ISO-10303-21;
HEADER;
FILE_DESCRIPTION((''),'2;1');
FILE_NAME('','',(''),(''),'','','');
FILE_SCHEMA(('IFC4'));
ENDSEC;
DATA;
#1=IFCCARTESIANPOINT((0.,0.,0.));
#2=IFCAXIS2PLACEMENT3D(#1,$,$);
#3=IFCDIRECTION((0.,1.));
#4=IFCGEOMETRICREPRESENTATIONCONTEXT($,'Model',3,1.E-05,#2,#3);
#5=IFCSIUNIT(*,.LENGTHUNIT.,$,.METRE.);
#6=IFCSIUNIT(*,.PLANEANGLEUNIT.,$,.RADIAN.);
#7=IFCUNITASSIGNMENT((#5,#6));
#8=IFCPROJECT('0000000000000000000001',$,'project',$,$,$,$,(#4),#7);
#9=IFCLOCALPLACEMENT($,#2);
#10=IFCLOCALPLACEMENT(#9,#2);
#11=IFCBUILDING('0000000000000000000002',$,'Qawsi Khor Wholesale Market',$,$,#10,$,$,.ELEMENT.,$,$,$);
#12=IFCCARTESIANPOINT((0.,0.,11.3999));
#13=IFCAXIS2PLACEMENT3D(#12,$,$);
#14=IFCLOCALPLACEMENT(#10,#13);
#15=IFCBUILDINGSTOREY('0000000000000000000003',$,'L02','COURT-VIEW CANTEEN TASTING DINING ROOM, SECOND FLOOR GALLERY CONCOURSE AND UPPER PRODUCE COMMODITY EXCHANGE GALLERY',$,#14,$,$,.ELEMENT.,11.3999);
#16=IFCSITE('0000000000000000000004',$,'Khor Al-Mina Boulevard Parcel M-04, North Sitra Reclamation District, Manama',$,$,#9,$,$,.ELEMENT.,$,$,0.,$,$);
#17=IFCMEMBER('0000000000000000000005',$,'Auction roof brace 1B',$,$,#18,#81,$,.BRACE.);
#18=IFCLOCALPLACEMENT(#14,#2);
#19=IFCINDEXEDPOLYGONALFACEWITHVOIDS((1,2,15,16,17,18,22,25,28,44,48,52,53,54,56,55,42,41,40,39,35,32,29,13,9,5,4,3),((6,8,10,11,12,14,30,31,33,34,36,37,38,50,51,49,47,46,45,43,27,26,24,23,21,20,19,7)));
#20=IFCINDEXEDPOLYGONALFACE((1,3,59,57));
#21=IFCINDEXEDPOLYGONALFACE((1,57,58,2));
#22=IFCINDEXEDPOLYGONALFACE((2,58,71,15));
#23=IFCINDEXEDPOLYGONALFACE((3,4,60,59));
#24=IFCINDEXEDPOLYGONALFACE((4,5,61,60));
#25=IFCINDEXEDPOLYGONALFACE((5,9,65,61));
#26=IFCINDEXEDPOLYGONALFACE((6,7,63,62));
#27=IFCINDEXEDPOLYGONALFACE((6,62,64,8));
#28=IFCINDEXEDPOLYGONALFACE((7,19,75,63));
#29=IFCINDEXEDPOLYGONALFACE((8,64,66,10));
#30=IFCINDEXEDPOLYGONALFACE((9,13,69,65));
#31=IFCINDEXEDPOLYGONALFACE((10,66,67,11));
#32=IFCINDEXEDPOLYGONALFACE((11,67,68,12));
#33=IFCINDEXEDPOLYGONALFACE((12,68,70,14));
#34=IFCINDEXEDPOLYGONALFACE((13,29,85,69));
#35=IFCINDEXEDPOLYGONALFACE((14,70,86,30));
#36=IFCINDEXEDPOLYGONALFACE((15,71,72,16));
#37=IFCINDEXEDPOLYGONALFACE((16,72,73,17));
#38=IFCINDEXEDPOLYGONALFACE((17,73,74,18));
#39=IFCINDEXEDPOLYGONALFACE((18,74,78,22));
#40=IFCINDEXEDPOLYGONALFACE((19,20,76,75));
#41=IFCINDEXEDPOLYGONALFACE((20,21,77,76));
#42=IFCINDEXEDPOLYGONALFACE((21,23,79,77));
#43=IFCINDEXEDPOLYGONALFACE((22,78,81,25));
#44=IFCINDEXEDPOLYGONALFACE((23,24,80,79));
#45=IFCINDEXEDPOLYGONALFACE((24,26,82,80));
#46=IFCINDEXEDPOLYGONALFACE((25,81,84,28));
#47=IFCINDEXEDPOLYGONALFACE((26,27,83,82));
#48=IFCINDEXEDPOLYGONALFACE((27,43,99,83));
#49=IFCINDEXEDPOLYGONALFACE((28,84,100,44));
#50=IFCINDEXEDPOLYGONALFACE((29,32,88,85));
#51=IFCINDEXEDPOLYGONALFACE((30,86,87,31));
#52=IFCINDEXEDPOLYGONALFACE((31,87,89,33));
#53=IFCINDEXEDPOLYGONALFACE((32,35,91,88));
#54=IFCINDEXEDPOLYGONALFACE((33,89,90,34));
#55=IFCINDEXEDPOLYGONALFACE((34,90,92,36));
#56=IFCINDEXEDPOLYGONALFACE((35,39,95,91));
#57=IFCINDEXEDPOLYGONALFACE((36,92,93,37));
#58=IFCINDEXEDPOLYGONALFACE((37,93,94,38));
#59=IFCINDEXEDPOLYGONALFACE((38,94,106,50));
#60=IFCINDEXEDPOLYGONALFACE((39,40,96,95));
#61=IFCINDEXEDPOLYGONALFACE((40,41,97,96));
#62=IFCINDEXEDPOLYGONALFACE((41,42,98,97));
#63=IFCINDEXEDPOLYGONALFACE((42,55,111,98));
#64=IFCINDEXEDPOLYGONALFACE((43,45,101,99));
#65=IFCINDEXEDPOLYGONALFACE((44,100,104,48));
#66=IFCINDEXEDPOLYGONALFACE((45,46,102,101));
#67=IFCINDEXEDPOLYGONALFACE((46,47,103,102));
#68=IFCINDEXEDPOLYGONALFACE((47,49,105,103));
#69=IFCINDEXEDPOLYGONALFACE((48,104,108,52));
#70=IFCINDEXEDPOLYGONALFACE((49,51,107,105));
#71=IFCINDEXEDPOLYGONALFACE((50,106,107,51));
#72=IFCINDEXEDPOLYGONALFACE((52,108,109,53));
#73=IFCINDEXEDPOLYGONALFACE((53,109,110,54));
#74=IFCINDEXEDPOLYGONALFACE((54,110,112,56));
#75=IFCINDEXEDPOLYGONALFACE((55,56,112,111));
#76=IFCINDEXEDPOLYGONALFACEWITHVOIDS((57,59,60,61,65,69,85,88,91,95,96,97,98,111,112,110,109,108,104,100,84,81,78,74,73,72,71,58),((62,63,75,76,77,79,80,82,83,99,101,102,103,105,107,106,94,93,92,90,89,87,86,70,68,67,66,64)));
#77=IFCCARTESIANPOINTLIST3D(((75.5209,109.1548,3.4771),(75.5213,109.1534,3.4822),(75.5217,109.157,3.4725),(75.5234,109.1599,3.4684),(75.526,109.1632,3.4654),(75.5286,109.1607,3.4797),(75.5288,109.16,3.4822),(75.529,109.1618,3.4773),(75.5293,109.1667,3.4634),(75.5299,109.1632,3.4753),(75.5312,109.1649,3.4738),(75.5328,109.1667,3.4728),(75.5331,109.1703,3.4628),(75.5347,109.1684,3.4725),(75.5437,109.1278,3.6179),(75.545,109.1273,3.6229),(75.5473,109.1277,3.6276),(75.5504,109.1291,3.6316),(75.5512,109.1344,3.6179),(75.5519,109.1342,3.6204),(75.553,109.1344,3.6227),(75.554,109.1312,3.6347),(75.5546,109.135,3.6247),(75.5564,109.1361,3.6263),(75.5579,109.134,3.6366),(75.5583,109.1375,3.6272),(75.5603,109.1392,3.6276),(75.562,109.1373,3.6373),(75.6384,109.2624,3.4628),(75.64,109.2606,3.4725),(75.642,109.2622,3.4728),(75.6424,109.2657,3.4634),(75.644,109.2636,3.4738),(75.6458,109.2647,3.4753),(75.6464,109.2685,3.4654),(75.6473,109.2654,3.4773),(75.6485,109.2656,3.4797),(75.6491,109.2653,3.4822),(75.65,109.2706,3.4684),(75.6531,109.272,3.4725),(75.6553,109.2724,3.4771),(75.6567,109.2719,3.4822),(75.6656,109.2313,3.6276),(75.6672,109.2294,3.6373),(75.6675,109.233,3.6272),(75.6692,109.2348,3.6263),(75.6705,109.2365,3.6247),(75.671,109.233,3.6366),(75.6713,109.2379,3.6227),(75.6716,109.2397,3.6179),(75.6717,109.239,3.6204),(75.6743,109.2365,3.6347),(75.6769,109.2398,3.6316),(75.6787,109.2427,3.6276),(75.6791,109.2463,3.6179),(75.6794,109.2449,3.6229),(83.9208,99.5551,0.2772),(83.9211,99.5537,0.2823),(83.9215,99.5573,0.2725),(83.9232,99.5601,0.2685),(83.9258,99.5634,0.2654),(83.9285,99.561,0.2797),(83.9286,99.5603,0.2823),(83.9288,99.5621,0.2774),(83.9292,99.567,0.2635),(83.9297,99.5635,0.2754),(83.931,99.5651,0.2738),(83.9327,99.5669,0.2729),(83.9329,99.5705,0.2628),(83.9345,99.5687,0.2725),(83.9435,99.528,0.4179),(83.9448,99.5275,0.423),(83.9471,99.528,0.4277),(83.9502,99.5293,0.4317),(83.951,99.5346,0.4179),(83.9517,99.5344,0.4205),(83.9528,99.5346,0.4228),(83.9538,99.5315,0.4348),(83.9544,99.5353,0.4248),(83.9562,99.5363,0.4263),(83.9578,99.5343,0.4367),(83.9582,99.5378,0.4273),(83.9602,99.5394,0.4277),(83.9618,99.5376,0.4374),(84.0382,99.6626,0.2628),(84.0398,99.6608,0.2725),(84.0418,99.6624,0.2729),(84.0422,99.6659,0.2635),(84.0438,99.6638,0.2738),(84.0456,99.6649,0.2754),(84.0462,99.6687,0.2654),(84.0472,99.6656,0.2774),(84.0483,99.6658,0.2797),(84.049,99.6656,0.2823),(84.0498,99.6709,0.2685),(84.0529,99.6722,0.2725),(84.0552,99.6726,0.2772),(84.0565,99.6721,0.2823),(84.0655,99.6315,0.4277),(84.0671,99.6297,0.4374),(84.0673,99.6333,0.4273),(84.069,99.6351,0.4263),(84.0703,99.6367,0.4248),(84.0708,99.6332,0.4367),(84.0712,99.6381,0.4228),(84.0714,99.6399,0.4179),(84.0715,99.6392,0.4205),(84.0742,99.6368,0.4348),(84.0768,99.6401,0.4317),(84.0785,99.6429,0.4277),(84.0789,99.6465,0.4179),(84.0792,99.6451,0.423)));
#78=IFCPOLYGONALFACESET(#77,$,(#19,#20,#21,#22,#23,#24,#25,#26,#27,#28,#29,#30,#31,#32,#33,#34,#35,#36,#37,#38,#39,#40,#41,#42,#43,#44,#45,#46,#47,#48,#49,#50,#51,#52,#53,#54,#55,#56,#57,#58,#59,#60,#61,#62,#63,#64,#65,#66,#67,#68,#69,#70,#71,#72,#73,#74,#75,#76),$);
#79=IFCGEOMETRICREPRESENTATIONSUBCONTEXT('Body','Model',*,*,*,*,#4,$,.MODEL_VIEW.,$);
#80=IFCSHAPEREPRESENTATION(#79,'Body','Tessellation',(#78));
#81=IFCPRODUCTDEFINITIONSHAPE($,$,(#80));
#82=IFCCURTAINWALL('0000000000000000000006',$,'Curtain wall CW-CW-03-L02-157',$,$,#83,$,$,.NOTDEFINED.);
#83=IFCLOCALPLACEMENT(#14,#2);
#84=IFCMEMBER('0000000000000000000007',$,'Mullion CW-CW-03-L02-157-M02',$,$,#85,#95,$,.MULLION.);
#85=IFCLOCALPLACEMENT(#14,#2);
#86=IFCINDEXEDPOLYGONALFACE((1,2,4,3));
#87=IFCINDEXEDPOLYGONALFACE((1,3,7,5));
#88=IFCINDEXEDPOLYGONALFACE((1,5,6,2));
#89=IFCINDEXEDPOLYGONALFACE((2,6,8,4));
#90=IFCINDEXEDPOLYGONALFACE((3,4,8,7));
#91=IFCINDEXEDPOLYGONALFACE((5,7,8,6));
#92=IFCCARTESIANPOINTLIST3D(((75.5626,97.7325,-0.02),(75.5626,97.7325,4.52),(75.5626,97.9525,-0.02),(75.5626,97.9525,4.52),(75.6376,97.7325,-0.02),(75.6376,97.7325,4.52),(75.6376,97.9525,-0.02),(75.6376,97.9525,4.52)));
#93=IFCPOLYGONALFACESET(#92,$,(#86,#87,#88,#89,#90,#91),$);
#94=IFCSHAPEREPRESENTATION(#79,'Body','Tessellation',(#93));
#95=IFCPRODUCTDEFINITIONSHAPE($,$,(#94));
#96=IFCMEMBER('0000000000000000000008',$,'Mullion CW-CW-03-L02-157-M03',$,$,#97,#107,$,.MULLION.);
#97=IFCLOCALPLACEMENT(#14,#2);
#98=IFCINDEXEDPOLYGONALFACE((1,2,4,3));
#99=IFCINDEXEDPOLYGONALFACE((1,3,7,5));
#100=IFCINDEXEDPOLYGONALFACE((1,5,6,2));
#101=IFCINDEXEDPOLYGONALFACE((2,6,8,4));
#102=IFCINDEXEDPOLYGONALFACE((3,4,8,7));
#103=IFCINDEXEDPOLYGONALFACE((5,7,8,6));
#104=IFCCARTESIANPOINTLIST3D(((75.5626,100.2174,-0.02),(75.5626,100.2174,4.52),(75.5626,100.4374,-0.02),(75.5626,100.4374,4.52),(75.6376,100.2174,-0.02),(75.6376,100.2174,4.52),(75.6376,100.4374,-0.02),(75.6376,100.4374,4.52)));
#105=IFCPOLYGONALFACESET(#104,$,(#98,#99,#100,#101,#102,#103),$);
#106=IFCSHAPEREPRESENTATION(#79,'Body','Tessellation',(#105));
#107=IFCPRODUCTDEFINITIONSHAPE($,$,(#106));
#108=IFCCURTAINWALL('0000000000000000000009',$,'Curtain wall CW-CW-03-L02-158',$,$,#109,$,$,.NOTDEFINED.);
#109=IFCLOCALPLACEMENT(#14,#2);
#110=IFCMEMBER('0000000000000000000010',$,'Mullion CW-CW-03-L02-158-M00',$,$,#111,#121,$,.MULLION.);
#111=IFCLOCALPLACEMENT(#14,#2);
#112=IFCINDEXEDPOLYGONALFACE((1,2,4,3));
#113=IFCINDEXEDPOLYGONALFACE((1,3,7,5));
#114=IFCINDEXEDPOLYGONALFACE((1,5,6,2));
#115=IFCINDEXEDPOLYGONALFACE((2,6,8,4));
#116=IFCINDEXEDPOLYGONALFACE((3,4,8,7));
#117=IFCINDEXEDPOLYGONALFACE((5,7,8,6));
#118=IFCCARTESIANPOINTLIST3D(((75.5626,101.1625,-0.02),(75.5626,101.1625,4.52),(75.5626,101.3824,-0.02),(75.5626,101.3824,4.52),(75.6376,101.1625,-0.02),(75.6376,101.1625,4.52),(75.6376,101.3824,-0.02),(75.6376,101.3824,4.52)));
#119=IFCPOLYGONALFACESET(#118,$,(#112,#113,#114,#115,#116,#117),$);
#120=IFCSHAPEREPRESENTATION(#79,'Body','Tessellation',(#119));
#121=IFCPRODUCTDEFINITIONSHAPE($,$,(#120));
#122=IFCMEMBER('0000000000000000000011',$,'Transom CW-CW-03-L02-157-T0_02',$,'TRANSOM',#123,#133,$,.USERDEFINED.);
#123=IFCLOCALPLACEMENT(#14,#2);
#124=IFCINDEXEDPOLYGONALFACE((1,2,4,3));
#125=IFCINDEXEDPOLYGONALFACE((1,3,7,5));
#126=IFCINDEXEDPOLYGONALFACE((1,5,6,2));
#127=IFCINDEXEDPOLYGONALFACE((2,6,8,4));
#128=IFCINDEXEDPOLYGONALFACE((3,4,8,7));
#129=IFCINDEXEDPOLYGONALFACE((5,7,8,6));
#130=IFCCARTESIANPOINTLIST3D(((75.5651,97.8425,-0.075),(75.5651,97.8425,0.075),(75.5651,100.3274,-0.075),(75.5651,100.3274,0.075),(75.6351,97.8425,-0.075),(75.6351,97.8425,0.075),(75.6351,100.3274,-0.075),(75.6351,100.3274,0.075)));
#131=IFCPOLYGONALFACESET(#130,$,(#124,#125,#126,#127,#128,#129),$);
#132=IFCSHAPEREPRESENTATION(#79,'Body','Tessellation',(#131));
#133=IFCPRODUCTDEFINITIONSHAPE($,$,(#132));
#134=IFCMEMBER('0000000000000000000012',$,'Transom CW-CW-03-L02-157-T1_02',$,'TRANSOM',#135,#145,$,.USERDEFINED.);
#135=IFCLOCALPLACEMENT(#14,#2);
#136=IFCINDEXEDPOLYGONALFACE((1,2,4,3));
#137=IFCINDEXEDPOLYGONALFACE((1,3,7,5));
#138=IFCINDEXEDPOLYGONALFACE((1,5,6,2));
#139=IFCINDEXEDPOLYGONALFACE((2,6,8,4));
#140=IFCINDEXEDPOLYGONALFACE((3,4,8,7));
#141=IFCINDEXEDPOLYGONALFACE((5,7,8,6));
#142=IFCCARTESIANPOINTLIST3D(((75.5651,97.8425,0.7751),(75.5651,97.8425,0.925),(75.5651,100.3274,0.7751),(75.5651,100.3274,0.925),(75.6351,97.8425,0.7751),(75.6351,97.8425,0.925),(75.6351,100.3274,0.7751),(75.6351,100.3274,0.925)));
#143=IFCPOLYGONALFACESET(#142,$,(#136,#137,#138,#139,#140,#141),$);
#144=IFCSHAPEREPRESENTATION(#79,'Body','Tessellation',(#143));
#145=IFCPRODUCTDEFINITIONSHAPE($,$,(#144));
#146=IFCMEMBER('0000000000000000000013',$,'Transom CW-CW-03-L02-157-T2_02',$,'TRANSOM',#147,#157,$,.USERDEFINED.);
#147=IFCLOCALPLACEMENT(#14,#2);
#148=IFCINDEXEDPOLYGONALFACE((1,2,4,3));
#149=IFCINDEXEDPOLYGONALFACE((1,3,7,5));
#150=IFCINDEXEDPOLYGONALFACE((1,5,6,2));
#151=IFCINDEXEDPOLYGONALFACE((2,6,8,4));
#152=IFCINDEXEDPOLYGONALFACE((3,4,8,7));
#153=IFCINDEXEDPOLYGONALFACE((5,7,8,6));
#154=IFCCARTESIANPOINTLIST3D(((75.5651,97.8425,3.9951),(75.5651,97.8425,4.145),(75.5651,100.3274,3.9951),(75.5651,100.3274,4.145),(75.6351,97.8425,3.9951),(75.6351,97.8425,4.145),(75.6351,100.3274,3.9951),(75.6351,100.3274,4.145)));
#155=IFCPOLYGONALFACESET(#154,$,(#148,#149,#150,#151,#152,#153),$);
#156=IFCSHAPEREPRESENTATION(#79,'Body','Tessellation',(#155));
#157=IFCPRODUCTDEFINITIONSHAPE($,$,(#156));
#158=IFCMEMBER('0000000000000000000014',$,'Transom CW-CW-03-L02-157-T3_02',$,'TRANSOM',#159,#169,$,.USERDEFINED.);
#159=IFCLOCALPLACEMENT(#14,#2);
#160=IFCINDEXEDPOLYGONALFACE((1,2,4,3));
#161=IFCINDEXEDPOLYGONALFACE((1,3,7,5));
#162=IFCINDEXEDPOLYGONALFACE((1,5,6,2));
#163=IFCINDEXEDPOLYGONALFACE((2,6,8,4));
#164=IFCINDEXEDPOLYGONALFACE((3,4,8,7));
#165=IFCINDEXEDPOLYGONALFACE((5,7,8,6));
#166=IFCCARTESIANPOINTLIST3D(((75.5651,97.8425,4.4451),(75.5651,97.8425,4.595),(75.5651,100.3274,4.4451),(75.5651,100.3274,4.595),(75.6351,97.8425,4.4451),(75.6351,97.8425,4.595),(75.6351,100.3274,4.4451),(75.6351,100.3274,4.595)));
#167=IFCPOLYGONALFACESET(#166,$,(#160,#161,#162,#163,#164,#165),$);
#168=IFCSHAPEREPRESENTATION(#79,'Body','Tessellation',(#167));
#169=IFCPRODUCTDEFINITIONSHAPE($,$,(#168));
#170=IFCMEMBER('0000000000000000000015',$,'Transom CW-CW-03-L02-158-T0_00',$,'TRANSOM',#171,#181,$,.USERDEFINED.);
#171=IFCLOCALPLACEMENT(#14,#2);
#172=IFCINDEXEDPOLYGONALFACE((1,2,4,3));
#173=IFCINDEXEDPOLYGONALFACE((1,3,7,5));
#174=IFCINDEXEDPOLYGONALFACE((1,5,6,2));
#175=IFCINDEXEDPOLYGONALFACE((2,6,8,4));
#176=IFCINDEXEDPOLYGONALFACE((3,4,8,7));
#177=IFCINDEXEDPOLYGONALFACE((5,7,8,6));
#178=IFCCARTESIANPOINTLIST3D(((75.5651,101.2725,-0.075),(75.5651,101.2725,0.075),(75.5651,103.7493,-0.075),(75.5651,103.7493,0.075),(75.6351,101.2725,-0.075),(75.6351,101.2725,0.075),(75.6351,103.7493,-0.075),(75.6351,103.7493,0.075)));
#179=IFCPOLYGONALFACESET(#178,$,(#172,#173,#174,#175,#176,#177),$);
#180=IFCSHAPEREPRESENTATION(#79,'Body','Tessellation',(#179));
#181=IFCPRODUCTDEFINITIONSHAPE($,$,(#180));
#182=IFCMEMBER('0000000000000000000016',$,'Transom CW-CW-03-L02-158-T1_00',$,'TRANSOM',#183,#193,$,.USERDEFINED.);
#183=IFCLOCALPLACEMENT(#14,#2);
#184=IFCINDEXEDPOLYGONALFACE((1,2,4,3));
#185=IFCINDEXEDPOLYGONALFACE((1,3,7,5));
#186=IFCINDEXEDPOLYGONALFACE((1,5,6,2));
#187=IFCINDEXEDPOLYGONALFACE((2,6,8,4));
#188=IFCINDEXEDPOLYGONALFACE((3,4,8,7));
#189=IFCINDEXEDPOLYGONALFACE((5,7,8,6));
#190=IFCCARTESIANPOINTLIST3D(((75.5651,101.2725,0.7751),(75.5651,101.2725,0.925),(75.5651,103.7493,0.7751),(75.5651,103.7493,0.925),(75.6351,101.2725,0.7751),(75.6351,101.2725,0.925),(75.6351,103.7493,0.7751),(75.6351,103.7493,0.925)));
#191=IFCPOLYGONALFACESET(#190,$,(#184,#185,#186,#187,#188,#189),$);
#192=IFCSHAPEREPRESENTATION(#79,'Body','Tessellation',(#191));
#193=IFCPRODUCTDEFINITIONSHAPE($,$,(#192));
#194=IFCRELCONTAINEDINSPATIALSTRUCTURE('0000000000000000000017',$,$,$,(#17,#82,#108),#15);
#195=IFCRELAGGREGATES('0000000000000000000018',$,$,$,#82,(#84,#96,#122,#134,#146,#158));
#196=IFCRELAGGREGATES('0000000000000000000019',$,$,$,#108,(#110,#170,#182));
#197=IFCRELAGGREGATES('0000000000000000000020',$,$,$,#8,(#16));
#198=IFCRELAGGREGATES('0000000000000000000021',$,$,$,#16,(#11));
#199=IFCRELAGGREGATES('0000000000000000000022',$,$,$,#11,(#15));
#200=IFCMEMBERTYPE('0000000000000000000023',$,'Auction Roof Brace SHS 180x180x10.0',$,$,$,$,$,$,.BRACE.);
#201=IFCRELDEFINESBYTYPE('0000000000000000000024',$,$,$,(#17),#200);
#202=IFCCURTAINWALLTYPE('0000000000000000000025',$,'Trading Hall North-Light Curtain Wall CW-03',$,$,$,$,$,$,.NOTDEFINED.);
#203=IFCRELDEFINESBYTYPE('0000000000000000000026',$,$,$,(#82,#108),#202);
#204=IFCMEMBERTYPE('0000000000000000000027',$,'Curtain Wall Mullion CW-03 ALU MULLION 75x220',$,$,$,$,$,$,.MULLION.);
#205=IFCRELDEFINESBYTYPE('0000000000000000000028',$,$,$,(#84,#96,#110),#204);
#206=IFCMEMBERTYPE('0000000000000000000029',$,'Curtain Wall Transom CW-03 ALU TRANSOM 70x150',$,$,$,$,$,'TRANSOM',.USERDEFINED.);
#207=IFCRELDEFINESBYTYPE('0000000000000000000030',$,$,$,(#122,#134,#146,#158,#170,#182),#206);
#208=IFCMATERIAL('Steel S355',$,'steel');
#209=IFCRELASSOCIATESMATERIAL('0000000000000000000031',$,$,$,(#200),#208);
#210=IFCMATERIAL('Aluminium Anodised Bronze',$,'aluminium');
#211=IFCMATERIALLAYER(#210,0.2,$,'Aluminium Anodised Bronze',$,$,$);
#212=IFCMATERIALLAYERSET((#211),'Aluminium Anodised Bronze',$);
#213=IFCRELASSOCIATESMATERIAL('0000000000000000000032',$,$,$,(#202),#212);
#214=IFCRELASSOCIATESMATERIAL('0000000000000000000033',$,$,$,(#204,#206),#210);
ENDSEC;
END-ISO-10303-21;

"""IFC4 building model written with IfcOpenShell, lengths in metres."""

from ifc_helpers import new_model, si_unit, direction, frame, origin, origin_2d, place, context, subcontext, project, spatial, rectangle, hollow_rectangle, extrude, material, layer, layer_set, material_profile, profile_set, type_object, element, aggregate, save


model = new_model("IFC4")

# Units and contexts
model_context = context("Model", 3, precision=1e-05, world=origin(), true_north=direction((0.0, 1.0)))
body_context = subcontext(model_context, "Body", "Model", "MODEL_VIEW")
ifc_project = project(units=[si_unit("LENGTHUNIT", "METRE"), si_unit("PLANEANGLEUNIT", "RADIAN")], contexts=[model_context])

# Site, building, storey
site_placement = place(None, origin())
site = spatial("IfcSite", under=ifc_project, at=site_placement, Name="Khor Al-Mina Boulevard Parcel M-04, North Sitra Reclamation District, Manama", CompositionType="ELEMENT", RefElevation=0.0)
building_placement = place(site_placement, origin())
building = spatial("IfcBuilding", under=site, at=building_placement, Name="Qawsi Khor Wholesale Market", CompositionType="ELEMENT")
storey_placement = place(building_placement, frame((0.0, 0.0, 11.3999)))
storey = spatial("IfcBuildingStorey", under=building, at=storey_placement, Name="L02", Description="COURT-VIEW CANTEEN TASTING DINING ROOM, SECOND FLOOR GALLERY CONCOURSE AND UPPER PRODUCE COMMODITY EXCHANGE GALLERY", CompositionType="ELEMENT", Elevation=11.3999)

# Member
ifc_material_1 = material(Name="Steel S355", Category="steel")
ifc_material_profile_1 = material_profile(ifc_material_1, hollow_rectangle(XDim=0.1799, YDim=0.1799, WallThickness=0.01, InnerFilletRadius=0.01, OuterFilletRadius=0.02, at=origin_2d()), Name="SHS 180x180x10.0")
ifc_profile_set_1 = profile_set([ifc_material_profile_1], Name="Steel S355")
member_type_1 = type_object("IfcMemberType", Name="Auction Roof Brace SHS 180x180x10.0", PredefinedType="BRACE", material=ifc_profile_set_1)
member_1_placement = place(storey_placement, frame((84.0, 99.6001, 0.3501), z_axis=(-0.638715, 0.729958, 0.243319), x_axis=(-0.752576, -0.658506, 0.0)))
element("IfcMember", 1, at=member_1_placement, inside=storey, type_object=member_type_1, Name="Auction roof brace 1B", PredefinedType="BRACE", context=body_context, shape_type="SweptSolid", body=[
    extrude(hollow_rectangle(XDim=0.1799, YDim=0.1799, WallThickness=0.01, InnerFilletRadius=0.01, OuterFilletRadius=0.02, at=origin_2d()), origin(), (0.0, 0.0, 1.0), 13.1511),
])

# Curtain wall, members
ifc_material_2 = material(Name="Aluminium Anodised Bronze", Category="aluminium")
ifc_layer_1 = layer(ifc_material_2, 0.2, Name="Aluminium Anodised Bronze")
ifc_layer_set_1 = layer_set([ifc_layer_1], Name="Aluminium Anodised Bronze")
curtain_wall_type = type_object("IfcCurtainWallType", Name="Trading Hall North-Light Curtain Wall CW-03", PredefinedType="NOTDEFINED", material=ifc_layer_set_1)
curtain_wall_1_placement = place(storey_placement, origin())
curtain_wall_1 = element("IfcCurtainWall", 2, at=curtain_wall_1_placement, inside=storey, type_object=curtain_wall_type, Name="Curtain wall CW-CW-03-L02-157", PredefinedType="NOTDEFINED")
ifc_material_profile_2 = material_profile(ifc_material_2, rectangle(XDim=0.075, YDim=0.22, at=origin_2d()), Name="ALU MULLION 75x220")
ifc_profile_set_2 = profile_set([ifc_material_profile_2], Name="Aluminium Anodised Bronze")
member_type_2 = type_object("IfcMemberType", Name="Curtain Wall Mullion CW-03 ALU MULLION 75x220", PredefinedType="MULLION", material=ifc_profile_set_2)
member_2_placement = place(storey_placement, frame((75.6001, 97.8425, -0.02), z_axis=(0.0, 0.0, 1.0), x_axis=(1.0, 0.0, 0.0)))
member_2 = element("IfcMember", 3, at=member_2_placement, type_object=member_type_2, Name="Mullion CW-CW-03-L02-157-M02", PredefinedType="MULLION", context=body_context, shape_type="SweptSolid", body=[
    extrude(rectangle(XDim=0.075, YDim=0.22, at=origin_2d()), origin(), (0.0, 0.0, 1.0), 4.54),
])
member_3_placement = place(storey_placement, frame((75.6001, 100.3274, -0.02), z_axis=(0.0, 0.0, 1.0), x_axis=(1.0, 0.0, 0.0)))
member_3 = element("IfcMember", 4, at=member_3_placement, type_object=member_type_2, Name="Mullion CW-CW-03-L02-157-M03", PredefinedType="MULLION", context=body_context, shape_type="SweptSolid", body=[
    extrude(rectangle(XDim=0.075, YDim=0.22, at=origin_2d()), origin(), (0.0, 0.0, 1.0), 4.54),
])

# Curtain wall, member
curtain_wall_2_placement = place(storey_placement, origin())
curtain_wall_2 = element("IfcCurtainWall", 5, at=curtain_wall_2_placement, inside=storey, type_object=curtain_wall_type, Name="Curtain wall CW-CW-03-L02-158", PredefinedType="NOTDEFINED")
member_4_placement = place(storey_placement, frame((75.6001, 101.2725, -0.02), z_axis=(0.0, 0.0, 1.0), x_axis=(1.0, 0.0, 0.0)))
member_4 = element("IfcMember", 6, at=member_4_placement, type_object=member_type_2, Name="Mullion CW-CW-03-L02-158-M00", PredefinedType="MULLION", context=body_context, shape_type="SweptSolid", body=[
    extrude(rectangle(XDim=0.075, YDim=0.22, at=origin_2d()), origin(), (0.0, 0.0, 1.0), 4.54),
])

# Members
ifc_material_profile_3 = material_profile(ifc_material_2, rectangle(XDim=0.0701, YDim=0.1499, at=origin_2d()), Name="ALU TRANSOM 70x150")
ifc_profile_set_3 = profile_set([ifc_material_profile_3], Name="Aluminium Anodised Bronze")
member_type_3 = type_object("IfcMemberType", Name="Curtain Wall Transom CW-03 ALU TRANSOM 70x150", ElementType="TRANSOM", PredefinedType="USERDEFINED", material=ifc_profile_set_3)
member_5_placement = place(storey_placement, frame((75.6001, 97.8425, 0.0), z_axis=(0.0, 1.0, 0.0), x_axis=(-1.0, 0.0, 0.0)))
member_5 = element("IfcMember", 7, at=member_5_placement, type_object=member_type_3, Name="Transom CW-CW-03-L02-157-T0_02", ObjectType="TRANSOM", PredefinedType="USERDEFINED", context=body_context, shape_type="SweptSolid", body=[
    extrude(rectangle(XDim=0.0701, YDim=0.1499, at=origin_2d()), origin(), (0.0, 0.0, 1.0), 2.4849),
])
member_6_placement = place(storey_placement, frame((75.6001, 97.8425, 0.8501), z_axis=(0.0, 1.0, 0.0), x_axis=(-1.0, 0.0, 0.0)))
member_6 = element("IfcMember", 8, at=member_6_placement, type_object=member_type_3, Name="Transom CW-CW-03-L02-157-T1_02", ObjectType="TRANSOM", PredefinedType="USERDEFINED", context=body_context, shape_type="SweptSolid", body=[
    extrude(rectangle(XDim=0.0701, YDim=0.1499, at=origin_2d()), origin(), (0.0, 0.0, 1.0), 2.4849),
])
member_7_placement = place(storey_placement, frame((75.6001, 97.8425, 4.0701), z_axis=(0.0, 1.0, 0.0), x_axis=(-1.0, 0.0, 0.0)))
member_7 = element("IfcMember", 9, at=member_7_placement, type_object=member_type_3, Name="Transom CW-CW-03-L02-157-T2_02", ObjectType="TRANSOM", PredefinedType="USERDEFINED", context=body_context, shape_type="SweptSolid", body=[
    extrude(rectangle(XDim=0.0701, YDim=0.1499, at=origin_2d()), origin(), (0.0, 0.0, 1.0), 2.4849),
])
member_8_placement = place(storey_placement, frame((75.6001, 97.8425, 4.52), z_axis=(0.0, 1.0, 0.0), x_axis=(-1.0, 0.0, 0.0)))
member_8 = element("IfcMember", 10, at=member_8_placement, type_object=member_type_3, Name="Transom CW-CW-03-L02-157-T3_02", ObjectType="TRANSOM", PredefinedType="USERDEFINED", context=body_context, shape_type="SweptSolid", body=[
    extrude(rectangle(XDim=0.0701, YDim=0.1499, at=origin_2d()), origin(), (0.0, 0.0, 1.0), 2.4849),
])
member_9_placement = place(storey_placement, frame((75.6001, 101.2725, 0.0), z_axis=(0.0, 1.0, 0.0), x_axis=(-1.0, 0.0, 0.0)))
member_9 = element("IfcMember", 11, at=member_9_placement, type_object=member_type_3, Name="Transom CW-CW-03-L02-158-T0_00", ObjectType="TRANSOM", PredefinedType="USERDEFINED", context=body_context, shape_type="SweptSolid", body=[
    extrude(rectangle(XDim=0.0701, YDim=0.1499, at=origin_2d()), origin(), (0.0, 0.0, 1.0), 2.4768),
])
member_10_placement = place(storey_placement, frame((75.6001, 101.2725, 0.8501), z_axis=(0.0, 1.0, 0.0), x_axis=(-1.0, 0.0, 0.0)))
member_10 = element("IfcMember", 12, at=member_10_placement, type_object=member_type_3, Name="Transom CW-CW-03-L02-158-T1_00", ObjectType="TRANSOM", PredefinedType="USERDEFINED", context=body_context, shape_type="SweptSolid", body=[
    extrude(rectangle(XDim=0.0701, YDim=0.1499, at=origin_2d()), origin(), (0.0, 0.0, 1.0), 2.4768),
])

aggregate(curtain_wall_1, [member_2, member_3, member_5, member_6, member_7, member_8])
aggregate(curtain_wall_2, [member_4, member_9, member_10])

save(model, "model.ifc")
